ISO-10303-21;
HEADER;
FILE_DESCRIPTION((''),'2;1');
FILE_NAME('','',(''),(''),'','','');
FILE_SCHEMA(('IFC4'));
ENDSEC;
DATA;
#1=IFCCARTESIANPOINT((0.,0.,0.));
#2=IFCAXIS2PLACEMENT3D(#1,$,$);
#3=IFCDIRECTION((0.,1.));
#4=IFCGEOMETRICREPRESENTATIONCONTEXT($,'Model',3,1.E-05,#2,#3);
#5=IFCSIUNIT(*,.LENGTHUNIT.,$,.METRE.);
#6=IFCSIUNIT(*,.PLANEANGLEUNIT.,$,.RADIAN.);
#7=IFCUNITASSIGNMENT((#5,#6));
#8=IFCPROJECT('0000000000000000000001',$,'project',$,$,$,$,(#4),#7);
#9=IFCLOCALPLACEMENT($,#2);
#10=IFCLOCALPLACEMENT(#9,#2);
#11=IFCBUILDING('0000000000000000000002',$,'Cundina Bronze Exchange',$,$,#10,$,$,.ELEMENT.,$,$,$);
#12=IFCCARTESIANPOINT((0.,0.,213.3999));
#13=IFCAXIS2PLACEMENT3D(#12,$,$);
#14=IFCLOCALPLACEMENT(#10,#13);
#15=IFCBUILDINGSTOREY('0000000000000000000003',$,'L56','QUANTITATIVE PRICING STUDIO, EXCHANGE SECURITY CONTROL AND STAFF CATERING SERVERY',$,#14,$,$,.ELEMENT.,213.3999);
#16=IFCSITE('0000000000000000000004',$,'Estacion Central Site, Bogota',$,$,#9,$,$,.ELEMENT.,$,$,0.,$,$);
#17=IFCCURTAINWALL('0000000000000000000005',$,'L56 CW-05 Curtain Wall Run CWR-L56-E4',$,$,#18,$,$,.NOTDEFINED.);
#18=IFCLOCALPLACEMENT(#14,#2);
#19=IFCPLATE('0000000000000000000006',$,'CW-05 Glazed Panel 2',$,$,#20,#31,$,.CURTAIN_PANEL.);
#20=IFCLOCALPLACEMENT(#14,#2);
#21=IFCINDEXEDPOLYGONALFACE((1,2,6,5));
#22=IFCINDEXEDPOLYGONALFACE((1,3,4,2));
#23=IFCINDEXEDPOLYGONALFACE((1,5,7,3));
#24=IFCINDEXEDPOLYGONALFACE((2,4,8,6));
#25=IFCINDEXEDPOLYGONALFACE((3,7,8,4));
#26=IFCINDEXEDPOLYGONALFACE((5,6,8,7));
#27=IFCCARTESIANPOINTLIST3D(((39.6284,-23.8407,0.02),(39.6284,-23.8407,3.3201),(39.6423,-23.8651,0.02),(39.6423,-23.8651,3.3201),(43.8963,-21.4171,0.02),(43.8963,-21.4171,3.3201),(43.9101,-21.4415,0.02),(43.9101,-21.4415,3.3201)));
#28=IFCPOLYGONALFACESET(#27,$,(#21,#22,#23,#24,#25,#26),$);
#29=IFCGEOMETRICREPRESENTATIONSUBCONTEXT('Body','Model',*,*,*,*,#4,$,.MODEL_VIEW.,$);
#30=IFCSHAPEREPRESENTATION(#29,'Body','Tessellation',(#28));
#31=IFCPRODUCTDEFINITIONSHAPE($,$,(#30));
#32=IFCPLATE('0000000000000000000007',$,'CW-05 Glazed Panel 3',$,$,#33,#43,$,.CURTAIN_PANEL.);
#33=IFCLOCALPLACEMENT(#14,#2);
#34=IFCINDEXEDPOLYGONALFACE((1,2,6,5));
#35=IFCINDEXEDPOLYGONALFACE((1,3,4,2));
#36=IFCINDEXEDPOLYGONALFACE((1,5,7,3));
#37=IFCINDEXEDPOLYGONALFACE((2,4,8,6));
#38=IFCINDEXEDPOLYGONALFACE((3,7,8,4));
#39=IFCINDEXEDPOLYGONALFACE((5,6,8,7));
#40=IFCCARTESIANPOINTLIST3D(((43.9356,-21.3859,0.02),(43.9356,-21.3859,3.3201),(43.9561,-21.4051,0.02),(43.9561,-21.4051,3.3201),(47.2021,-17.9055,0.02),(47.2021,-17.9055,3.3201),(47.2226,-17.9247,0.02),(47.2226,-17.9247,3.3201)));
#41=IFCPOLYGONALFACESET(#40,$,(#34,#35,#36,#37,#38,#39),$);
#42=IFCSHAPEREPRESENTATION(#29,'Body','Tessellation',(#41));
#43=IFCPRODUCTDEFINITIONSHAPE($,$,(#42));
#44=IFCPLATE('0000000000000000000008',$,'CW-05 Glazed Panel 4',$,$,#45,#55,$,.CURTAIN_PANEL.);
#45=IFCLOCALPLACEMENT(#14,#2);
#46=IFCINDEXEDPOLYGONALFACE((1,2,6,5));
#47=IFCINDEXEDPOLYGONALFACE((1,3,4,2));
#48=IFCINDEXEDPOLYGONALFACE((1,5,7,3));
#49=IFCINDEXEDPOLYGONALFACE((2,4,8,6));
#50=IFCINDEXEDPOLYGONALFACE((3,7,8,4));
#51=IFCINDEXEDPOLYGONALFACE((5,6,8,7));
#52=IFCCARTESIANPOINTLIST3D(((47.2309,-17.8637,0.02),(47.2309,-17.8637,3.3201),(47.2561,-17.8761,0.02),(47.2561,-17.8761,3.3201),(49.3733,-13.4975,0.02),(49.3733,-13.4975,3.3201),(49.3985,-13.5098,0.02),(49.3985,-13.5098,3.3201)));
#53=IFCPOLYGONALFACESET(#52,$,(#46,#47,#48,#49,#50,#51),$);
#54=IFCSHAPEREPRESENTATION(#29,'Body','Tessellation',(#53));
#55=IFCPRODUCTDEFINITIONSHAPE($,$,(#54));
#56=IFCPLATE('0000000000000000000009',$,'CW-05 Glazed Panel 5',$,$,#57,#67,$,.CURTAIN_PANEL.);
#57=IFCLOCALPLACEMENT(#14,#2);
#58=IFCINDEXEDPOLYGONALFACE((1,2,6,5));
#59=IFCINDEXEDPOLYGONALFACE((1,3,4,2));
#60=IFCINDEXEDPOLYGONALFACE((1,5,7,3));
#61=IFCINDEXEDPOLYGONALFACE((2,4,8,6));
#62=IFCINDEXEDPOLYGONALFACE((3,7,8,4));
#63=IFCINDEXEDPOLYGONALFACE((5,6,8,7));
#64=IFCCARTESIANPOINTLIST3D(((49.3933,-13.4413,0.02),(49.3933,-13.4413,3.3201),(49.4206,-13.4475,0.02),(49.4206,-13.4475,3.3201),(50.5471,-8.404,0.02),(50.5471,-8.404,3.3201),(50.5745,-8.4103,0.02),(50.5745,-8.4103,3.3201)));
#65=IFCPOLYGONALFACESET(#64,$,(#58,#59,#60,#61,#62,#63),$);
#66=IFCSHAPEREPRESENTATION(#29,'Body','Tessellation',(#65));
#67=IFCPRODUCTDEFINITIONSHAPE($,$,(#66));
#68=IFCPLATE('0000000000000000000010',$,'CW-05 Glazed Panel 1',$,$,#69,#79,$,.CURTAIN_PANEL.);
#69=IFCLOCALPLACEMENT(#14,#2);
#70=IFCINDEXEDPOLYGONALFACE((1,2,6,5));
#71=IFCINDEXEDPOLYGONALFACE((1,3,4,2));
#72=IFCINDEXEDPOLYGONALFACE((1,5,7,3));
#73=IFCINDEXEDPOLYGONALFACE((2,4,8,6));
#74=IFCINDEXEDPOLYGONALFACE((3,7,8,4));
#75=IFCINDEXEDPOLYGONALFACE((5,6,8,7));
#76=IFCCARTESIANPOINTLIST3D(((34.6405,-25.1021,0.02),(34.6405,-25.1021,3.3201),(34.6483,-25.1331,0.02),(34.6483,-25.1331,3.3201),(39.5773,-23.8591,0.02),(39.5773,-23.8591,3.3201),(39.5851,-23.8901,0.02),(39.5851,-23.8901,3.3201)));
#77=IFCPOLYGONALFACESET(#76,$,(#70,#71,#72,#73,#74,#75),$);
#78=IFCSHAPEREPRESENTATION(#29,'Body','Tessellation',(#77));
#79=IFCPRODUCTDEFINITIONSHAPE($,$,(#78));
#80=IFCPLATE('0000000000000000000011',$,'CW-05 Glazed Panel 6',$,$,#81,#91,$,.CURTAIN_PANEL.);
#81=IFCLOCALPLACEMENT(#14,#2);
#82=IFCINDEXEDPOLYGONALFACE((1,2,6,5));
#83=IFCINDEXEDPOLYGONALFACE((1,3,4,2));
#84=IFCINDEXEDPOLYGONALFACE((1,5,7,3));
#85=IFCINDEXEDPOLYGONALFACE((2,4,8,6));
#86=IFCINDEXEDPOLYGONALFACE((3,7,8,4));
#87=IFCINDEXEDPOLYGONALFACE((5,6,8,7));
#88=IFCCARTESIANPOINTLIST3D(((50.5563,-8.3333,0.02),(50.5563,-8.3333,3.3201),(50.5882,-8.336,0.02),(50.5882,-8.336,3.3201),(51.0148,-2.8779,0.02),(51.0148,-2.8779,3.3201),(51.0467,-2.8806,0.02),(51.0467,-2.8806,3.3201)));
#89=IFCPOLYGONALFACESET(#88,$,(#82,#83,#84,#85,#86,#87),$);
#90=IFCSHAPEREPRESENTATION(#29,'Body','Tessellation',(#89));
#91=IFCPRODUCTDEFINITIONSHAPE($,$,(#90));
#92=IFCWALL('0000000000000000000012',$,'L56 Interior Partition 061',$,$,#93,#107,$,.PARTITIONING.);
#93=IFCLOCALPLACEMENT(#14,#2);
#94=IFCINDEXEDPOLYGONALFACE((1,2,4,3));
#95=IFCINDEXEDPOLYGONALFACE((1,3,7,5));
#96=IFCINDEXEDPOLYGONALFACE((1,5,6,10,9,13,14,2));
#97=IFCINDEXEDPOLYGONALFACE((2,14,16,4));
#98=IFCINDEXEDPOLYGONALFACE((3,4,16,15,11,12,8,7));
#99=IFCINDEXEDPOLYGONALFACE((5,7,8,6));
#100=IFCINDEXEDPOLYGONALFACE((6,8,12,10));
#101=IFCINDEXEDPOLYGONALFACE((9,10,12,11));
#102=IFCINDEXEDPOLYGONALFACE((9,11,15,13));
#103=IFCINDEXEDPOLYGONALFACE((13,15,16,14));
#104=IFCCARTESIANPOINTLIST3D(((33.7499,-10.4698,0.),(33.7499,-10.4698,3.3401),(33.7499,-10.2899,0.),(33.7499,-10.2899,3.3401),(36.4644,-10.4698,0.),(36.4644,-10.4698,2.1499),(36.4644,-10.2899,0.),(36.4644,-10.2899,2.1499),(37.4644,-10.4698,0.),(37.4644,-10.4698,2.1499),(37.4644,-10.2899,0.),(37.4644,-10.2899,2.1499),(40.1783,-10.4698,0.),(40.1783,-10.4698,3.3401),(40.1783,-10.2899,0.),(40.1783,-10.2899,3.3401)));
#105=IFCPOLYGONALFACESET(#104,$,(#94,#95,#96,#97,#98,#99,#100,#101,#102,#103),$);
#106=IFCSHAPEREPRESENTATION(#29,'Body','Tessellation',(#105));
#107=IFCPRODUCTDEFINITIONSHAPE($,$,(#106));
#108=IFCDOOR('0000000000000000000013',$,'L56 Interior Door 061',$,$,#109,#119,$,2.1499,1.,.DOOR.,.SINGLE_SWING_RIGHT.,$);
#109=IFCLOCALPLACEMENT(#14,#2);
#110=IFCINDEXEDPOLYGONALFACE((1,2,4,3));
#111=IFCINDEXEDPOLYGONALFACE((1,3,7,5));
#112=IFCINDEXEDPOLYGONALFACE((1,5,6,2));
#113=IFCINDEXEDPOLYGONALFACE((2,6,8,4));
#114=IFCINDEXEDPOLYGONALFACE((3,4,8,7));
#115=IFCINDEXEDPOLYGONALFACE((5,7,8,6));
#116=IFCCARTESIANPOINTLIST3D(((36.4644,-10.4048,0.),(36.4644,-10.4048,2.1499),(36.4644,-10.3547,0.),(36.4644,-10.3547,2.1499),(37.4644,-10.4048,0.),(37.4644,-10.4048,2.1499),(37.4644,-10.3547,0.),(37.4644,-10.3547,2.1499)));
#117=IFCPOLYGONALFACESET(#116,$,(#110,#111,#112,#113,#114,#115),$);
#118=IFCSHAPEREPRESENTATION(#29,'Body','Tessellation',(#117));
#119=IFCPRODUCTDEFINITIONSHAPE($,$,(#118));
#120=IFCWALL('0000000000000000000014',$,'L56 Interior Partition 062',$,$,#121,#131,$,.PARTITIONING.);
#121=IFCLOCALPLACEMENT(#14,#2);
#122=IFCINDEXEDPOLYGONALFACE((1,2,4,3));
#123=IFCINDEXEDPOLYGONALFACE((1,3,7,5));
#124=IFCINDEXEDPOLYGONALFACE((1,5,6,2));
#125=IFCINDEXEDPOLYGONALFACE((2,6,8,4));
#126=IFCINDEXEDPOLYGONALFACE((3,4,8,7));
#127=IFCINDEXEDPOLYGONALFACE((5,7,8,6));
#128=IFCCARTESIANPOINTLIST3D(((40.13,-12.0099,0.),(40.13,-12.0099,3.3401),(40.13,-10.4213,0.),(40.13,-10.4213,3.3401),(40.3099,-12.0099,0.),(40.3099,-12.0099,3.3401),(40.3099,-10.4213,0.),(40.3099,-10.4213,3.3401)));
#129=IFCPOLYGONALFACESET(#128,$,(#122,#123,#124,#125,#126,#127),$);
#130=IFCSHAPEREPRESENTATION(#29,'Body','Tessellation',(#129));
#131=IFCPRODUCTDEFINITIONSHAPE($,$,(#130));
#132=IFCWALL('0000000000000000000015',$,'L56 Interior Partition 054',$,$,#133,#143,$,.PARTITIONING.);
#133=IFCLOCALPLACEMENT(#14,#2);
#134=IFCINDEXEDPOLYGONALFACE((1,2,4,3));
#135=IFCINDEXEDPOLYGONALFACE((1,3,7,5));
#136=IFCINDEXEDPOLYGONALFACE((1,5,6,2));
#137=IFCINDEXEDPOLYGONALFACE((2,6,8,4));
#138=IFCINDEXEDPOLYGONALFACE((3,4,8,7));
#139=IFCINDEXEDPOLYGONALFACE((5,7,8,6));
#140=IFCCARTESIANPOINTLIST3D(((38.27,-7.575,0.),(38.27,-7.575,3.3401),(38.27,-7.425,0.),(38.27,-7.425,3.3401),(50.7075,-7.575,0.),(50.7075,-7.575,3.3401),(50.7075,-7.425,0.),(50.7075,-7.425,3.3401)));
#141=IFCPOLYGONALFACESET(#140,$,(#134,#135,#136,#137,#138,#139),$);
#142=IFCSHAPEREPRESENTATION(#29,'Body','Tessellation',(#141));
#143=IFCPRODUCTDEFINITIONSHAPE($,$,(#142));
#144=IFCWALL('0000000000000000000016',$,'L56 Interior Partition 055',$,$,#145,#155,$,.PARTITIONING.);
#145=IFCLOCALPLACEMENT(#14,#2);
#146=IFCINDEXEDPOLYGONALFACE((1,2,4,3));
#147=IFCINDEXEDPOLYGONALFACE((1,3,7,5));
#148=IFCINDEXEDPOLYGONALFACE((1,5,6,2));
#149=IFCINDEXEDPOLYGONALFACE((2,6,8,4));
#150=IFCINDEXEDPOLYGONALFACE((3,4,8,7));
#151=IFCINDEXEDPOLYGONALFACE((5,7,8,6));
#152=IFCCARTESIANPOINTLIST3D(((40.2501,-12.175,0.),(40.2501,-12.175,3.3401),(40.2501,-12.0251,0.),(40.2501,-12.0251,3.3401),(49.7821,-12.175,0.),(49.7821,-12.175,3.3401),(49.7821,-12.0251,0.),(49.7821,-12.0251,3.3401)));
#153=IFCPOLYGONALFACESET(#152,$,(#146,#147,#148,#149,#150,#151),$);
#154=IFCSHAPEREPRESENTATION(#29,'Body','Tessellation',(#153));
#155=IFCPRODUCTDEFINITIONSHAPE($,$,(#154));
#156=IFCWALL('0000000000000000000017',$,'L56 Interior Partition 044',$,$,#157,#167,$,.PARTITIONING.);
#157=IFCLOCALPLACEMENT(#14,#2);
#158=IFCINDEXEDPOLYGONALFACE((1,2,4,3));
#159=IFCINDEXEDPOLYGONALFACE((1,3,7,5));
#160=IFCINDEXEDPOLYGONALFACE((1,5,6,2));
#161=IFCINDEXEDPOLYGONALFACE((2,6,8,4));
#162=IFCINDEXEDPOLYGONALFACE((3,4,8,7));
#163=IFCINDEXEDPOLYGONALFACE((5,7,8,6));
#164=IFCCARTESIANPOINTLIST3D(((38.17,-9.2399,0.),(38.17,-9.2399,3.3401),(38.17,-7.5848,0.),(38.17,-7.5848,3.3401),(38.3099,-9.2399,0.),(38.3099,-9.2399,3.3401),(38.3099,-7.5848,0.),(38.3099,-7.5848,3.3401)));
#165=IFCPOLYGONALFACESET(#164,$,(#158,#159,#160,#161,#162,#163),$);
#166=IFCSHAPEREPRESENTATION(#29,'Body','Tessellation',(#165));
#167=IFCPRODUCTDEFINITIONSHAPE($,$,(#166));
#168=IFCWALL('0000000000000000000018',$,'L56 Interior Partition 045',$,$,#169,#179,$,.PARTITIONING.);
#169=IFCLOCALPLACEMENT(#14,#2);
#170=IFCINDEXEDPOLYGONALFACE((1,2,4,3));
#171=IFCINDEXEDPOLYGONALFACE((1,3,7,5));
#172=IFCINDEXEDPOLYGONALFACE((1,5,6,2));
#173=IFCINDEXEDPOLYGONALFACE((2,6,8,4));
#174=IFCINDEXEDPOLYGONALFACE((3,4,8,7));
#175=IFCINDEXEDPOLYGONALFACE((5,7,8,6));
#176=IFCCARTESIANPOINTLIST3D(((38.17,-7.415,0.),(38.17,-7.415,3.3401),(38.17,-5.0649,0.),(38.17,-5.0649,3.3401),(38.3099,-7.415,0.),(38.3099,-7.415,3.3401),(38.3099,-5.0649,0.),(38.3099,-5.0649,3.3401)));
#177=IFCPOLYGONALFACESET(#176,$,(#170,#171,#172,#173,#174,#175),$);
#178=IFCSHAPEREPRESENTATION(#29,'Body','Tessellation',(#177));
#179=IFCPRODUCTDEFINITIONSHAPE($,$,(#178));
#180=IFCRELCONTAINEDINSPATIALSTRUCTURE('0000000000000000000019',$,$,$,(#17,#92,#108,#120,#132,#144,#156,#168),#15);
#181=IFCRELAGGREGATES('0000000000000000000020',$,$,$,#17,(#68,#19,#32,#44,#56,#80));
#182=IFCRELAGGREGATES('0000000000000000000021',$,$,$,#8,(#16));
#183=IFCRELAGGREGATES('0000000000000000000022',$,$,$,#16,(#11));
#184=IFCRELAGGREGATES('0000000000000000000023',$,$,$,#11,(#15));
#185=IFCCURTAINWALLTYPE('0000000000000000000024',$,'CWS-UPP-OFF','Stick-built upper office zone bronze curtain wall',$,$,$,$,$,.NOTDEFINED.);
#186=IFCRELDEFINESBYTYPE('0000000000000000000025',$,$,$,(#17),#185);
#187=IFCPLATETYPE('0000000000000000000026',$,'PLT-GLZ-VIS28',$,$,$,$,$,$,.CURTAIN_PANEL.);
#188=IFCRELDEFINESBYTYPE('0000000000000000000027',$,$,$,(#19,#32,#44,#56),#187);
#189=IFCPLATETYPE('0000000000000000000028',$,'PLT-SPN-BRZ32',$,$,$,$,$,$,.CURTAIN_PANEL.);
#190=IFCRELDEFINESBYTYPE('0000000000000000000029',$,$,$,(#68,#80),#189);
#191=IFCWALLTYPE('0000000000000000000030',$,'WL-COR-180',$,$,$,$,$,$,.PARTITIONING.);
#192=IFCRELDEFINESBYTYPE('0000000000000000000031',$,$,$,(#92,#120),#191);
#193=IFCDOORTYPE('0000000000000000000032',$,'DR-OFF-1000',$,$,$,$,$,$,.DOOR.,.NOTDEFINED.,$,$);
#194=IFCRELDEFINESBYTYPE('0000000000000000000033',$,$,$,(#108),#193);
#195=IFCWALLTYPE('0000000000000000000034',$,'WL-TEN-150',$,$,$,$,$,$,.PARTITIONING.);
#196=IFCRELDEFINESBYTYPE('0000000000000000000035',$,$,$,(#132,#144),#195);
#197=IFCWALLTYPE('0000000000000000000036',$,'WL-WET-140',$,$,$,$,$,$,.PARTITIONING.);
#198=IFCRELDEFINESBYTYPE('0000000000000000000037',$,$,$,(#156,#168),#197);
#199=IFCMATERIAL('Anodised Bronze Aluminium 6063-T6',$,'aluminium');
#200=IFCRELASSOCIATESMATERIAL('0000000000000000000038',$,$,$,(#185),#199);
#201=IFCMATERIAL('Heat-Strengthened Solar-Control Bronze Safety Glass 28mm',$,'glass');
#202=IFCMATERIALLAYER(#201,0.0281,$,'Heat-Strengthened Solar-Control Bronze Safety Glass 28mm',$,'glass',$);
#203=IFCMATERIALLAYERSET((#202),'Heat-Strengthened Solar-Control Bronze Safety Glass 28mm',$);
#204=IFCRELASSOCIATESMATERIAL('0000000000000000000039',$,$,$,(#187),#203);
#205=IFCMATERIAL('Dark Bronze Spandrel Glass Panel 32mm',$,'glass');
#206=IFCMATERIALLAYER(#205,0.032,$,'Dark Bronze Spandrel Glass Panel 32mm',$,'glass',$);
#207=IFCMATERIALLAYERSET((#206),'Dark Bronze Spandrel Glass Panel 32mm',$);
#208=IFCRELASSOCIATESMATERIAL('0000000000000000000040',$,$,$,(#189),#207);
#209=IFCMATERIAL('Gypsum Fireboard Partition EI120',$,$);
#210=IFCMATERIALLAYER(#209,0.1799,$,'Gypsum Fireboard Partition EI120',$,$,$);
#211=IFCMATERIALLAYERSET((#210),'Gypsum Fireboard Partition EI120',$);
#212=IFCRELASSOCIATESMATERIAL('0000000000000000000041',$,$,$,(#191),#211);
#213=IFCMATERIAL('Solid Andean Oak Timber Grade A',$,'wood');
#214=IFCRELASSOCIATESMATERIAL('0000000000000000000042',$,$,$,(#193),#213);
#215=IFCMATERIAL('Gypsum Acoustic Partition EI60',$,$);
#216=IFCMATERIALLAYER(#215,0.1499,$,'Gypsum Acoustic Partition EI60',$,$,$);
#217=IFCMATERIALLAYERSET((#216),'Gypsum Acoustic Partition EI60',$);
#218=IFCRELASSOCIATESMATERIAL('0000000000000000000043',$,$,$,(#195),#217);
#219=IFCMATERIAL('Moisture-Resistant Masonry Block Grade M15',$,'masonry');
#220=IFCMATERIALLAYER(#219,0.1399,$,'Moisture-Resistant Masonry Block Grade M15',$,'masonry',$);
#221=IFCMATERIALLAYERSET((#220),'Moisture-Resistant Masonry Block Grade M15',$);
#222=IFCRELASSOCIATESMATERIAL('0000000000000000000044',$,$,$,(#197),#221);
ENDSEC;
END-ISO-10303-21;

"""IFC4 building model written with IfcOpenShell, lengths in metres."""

from ifc_helpers import new_model, si_unit, direction, frame, frame_2d, origin, origin_2d, place, context, subcontext, project, spatial, rectangle, extrude, material, layer, layer_set, type_object, element, fill, aggregate, save


model = new_model("IFC4")

# Units and contexts
model_context = context("Model", 3, precision=1e-05, world=origin(), true_north=direction((0.0, 1.0)))
body_context = subcontext(model_context, "Body", "Model", "MODEL_VIEW")
ifc_project = project(units=[si_unit("LENGTHUNIT", "METRE"), si_unit("PLANEANGLEUNIT", "RADIAN")], contexts=[model_context])

# Site, building, storey
site_placement = place(None, origin())
site = spatial("IfcSite", under=ifc_project, at=site_placement, Name="Estacion Central Site, Bogota", CompositionType="ELEMENT", RefElevation=0.0)
building_placement = place(site_placement, origin())
building = spatial("IfcBuilding", under=site, at=building_placement, Name="Cundina Bronze Exchange", CompositionType="ELEMENT")
storey_placement = place(building_placement, frame((0.0, 0.0, 213.3999)))
storey = spatial("IfcBuildingStorey", under=building, at=storey_placement, Name="L56", Description="QUANTITATIVE PRICING STUDIO, EXCHANGE SECURITY CONTROL AND STAFF CATERING SERVERY", CompositionType="ELEMENT", Elevation=213.3999)

# Curtain wall, plates
ifc_material_1 = material(Name="Anodised Bronze Aluminium 6063-T6", Category="aluminium")
curtain_wall_type = type_object("IfcCurtainWallType", Name="CWS-UPP-OFF", Description="Stick-built upper office zone bronze curtain wall", PredefinedType="NOTDEFINED", material=ifc_material_1)
curtain_wall_placement = place(storey_placement, origin())
curtain_wall = element("IfcCurtainWall", 1, at=curtain_wall_placement, inside=storey, type_object=curtain_wall_type, Name="L56 CW-05 Curtain Wall Run CWR-L56-E4", PredefinedType="NOTDEFINED")
ifc_material_2 = material(Name="Heat-Strengthened Solar-Control Bronze Safety Glass 28mm", Category="glass")
ifc_layer_1 = layer(ifc_material_2, 0.0281, Name="Heat-Strengthened Solar-Control Bronze Safety Glass 28mm", Category="glass")
ifc_layer_set_1 = layer_set([ifc_layer_1], Name="Heat-Strengthened Solar-Control Bronze Safety Glass 28mm")
plate_type_1 = type_object("IfcPlateType", Name="PLT-GLZ-VIS28", PredefinedType="CURTAIN_PANEL", material=ifc_layer_set_1)
plate_1_placement = place(storey_placement, frame((41.7693, -22.6411, 0.02), z_axis=(0.0, 0.0, 1.0), x_axis=(0.869573, 0.493805, 0.0)))
plate_1 = element("IfcPlate", 2, at=plate_1_placement, type_object=plate_type_1, Name="CW-05 Glazed Panel 2", PredefinedType="CURTAIN_PANEL", context=body_context, shape_type="SweptSolid", body=[
    extrude(rectangle(XDim=4.908, YDim=0.0281, at=origin_2d()), origin(), (0.0, 0.0, 1.0), 3.3),
])
plate_2_placement = place(storey_placement, frame((45.5791, -19.6553, 0.02), z_axis=(0.0, 0.0, 1.0), x_axis=(0.684344, 0.72916, 0.0)))
plate_2 = element("IfcPlate", 3, at=plate_2_placement, type_object=plate_type_1, Name="CW-05 Glazed Panel 3", PredefinedType="CURTAIN_PANEL", context=body_context, shape_type="SweptSolid", body=[
    extrude(rectangle(XDim=4.7732, YDim=0.0281, at=origin_2d()), origin(), (0.0, 0.0, 1.0), 3.3),
])
plate_3_placement = place(storey_placement, frame((48.3147, -15.6868, 0.02), z_axis=(0.0, 0.0, 1.0), x_axis=(0.440503, 0.897751, 0.0)))
plate_3 = element("IfcPlate", 4, at=plate_3_placement, type_object=plate_type_1, Name="CW-05 Glazed Panel 4", PredefinedType="CURTAIN_PANEL", context=body_context, shape_type="SweptSolid", body=[
    extrude(rectangle(XDim=4.8635, YDim=0.0281, at=origin_2d()), origin(), (0.0, 0.0, 1.0), 3.3),
])
plate_4_placement = place(storey_placement, frame((49.9839, -10.9258, 0.02), z_axis=(0.0, 0.0, 1.0), x_axis=(0.223284, 0.974753, 0.0)))
plate_4 = element("IfcPlate", 5, at=plate_4_placement, type_object=plate_type_1, Name="CW-05 Glazed Panel 5", PredefinedType="CURTAIN_PANEL", context=body_context, shape_type="SweptSolid", body=[
    extrude(rectangle(XDim=5.1677, YDim=0.0281, at=origin_2d()), origin(), (0.0, 0.0, 1.0), 3.3),
])
ifc_material_3 = material(Name="Dark Bronze Spandrel Glass Panel 32mm", Category="glass")
ifc_layer_2 = layer(ifc_material_3, 0.032, Name="Dark Bronze Spandrel Glass Panel 32mm", Category="glass")
ifc_layer_set_2 = layer_set([ifc_layer_2], Name="Dark Bronze Spandrel Glass Panel 32mm")
plate_type_2 = type_object("IfcPlateType", Name="PLT-SPN-BRZ32", PredefinedType="CURTAIN_PANEL", material=ifc_layer_set_2)
plate_5_placement = place(storey_placement, frame((37.1128, -24.4961, 0.02), z_axis=(0.0, 0.0, 1.0), x_axis=(0.969732, 0.244174, 0.0)))
plate_5 = element("IfcPlate", 6, at=plate_5_placement, type_object=plate_type_2, Name="CW-05 Glazed Panel 1", PredefinedType="CURTAIN_PANEL", context=body_context, shape_type="SweptSolid", body=[
    extrude(rectangle(XDim=5.0908, YDim=0.032, at=origin_2d()), origin(), (0.0, 0.0, 1.0), 3.3),
])
plate_6_placement = place(storey_placement, frame((50.8015, -5.6069, 0.02), z_axis=(0.0, 0.0, 1.0), x_axis=(0.083747, 0.996487, 0.0)))
plate_6 = element("IfcPlate", 7, at=plate_6_placement, type_object=plate_type_2, Name="CW-05 Glazed Panel 6", PredefinedType="CURTAIN_PANEL", context=body_context, shape_type="SweptSolid", body=[
    extrude(rectangle(XDim=5.4746, YDim=0.032, at=origin_2d()), origin(), (0.0, 0.0, 1.0), 3.3),
])
aggregate(curtain_wall, [plate_5, plate_1, plate_2, plate_3, plate_4, plate_6])

# Wall, opening, door
ifc_material_4 = material(Name="Gypsum Fireboard Partition EI120")
ifc_layer_3 = layer(ifc_material_4, 0.1799, Name="Gypsum Fireboard Partition EI120")
ifc_layer_set_3 = layer_set([ifc_layer_3], Name="Gypsum Fireboard Partition EI120")
wall_type_1 = type_object("IfcWallType", Name="WL-COR-180", PredefinedType="PARTITIONING", material=ifc_layer_set_3)
wall_1_placement = place(storey_placement, frame((40.1785, -10.3799, 0.0), z_axis=(0.0, 0.0, 1.0), x_axis=(-1.0, 0.0, 0.0)))
wall_1 = element("IfcWall", 8, at=wall_1_placement, inside=storey, type_object=wall_type_1, Name="L56 Interior Partition 061", PredefinedType="PARTITIONING", context=body_context, shape_type="SweptSolid", body=[
    extrude(rectangle(XDim=6.4285, YDim=0.1799, at=frame_2d((3.2144, 0.0))), origin(), (0.0, 0.0, 1.0), 3.3401),
])
opening_placement = place(wall_1_placement, frame((2.7141, 0.0, 0.0)))
opening = element("IfcOpeningElement", 9, at=opening_placement, cuts=wall_1, PredefinedType="OPENING", context=body_context, shape_type="SweptSolid", body=[
    extrude(rectangle(XDim=1.0, YDim=2.1499, at=frame_2d((0.5, 1.075))), frame((0.0, 0.0999, 0.0), z_axis=(0.0, -1.0, 0.0), x_axis=(1.0, 0.0, 0.0)), (0.0, 0.0, 1.0), 0.2),
])
ifc_material_5 = material(Name="Solid Andean Oak Timber Grade A", Category="wood")
door_type = type_object("IfcDoorType", Name="DR-OFF-1000", OperationType="NOTDEFINED", PredefinedType="DOOR", material=ifc_material_5)
door_placement = place(opening_placement, origin())
door = element("IfcDoor", 10, at=door_placement, inside=storey, type_object=door_type, Name="L56 Interior Door 061", OperationType="SINGLE_SWING_RIGHT", OverallHeight=2.1499, OverallWidth=1.0, PredefinedType="DOOR", context=body_context, shape_type="SweptSolid", body=[
    extrude(rectangle(XDim=1.0, YDim=2.1499, at=frame_2d((0.5, 1.075))), frame((0.0, 0.0249, 0.0), z_axis=(0.0, -1.0, 0.0), x_axis=(1.0, 0.0, 0.0)), (0.0, 0.0, 1.0), 0.05),
])
fill(opening, door)

# Walls
wall_2_placement = place(storey_placement, frame((40.22, -12.01, 0.0), z_axis=(0.0, 0.0, 1.0), x_axis=(0.0, 1.0, 0.0)))
element("IfcWall", 11, at=wall_2_placement, inside=storey, type_object=wall_type_1, Name="L56 Interior Partition 062", PredefinedType="PARTITIONING", context=body_context, shape_type="SweptSolid", body=[
    extrude(rectangle(XDim=1.5886, YDim=0.1799, at=frame_2d((0.7944, 0.0))), origin(), (0.0, 0.0, 1.0), 3.3401),
])
ifc_material_6 = material(Name="Gypsum Acoustic Partition EI60")
ifc_layer_4 = layer(ifc_material_6, 0.1499, Name="Gypsum Acoustic Partition EI60")
ifc_layer_set_4 = layer_set([ifc_layer_4], Name="Gypsum Acoustic Partition EI60")
wall_type_2 = type_object("IfcWallType", Name="WL-TEN-150", PredefinedType="PARTITIONING", material=ifc_layer_set_4)
wall_3_placement = place(storey_placement, frame((38.27, -7.5, 0.0), z_axis=(0.0, 0.0, 1.0), x_axis=(1.0, 0.0, 0.0)))
element("IfcWall", 12, at=wall_3_placement, inside=storey, type_object=wall_type_2, Name="L56 Interior Partition 054", PredefinedType="PARTITIONING", context=body_context, shape_type="SweptSolid", body=[
    extrude(rectangle(XDim=12.4375, YDim=0.1499, at=frame_2d((6.2188, 0.0))), origin(), (0.0, 0.0, 1.0), 3.3401),
])
wall_4_placement = place(storey_placement, frame((40.25, -12.1001, 0.0), z_axis=(0.0, 0.0, 1.0), x_axis=(1.0, 0.0, 0.0)))
element("IfcWall", 13, at=wall_4_placement, inside=storey, type_object=wall_type_2, Name="L56 Interior Partition 055", PredefinedType="PARTITIONING", context=body_context, shape_type="SweptSolid", body=[
    extrude(rectangle(XDim=9.532, YDim=0.1499, at=frame_2d((4.7661, 0.0))), origin(), (0.0, 0.0, 1.0), 3.3401),
])
ifc_material_7 = material(Name="Moisture-Resistant Masonry Block Grade M15", Category="masonry")
ifc_layer_5 = layer(ifc_material_7, 0.1399, Name="Moisture-Resistant Masonry Block Grade M15", Category="masonry")
ifc_layer_set_5 = layer_set([ifc_layer_5], Name="Moisture-Resistant Masonry Block Grade M15")
wall_type_3 = type_object("IfcWallType", Name="WL-WET-140", PredefinedType="PARTITIONING", material=ifc_layer_set_5)
wall_5_placement = place(storey_placement, frame((38.24, -9.24, 0.0), z_axis=(0.0, 0.0, 1.0), x_axis=(0.0, 1.0, 0.0)))
element("IfcWall", 14, at=wall_5_placement, inside=storey, type_object=wall_type_3, Name="L56 Interior Partition 044", PredefinedType="PARTITIONING", context=body_context, shape_type="SweptSolid", body=[
    extrude(rectangle(XDim=1.655, YDim=0.1399, at=frame_2d((0.8276, 0.0))), origin(), (0.0, 0.0, 1.0), 3.3401),
])
wall_6_placement = place(storey_placement, frame((38.24, -7.415, 0.0), z_axis=(0.0, 0.0, 1.0), x_axis=(0.0, 1.0, 0.0)))
element("IfcWall", 15, at=wall_6_placement, inside=storey, type_object=wall_type_3, Name="L56 Interior Partition 045", PredefinedType="PARTITIONING", context=body_context, shape_type="SweptSolid", body=[
    extrude(rectangle(XDim=2.3501, YDim=0.1399, at=frame_2d((1.175, 0.0))), origin(), (0.0, 0.0, 1.0), 3.3401),
])

save(model, "model.ifc")
